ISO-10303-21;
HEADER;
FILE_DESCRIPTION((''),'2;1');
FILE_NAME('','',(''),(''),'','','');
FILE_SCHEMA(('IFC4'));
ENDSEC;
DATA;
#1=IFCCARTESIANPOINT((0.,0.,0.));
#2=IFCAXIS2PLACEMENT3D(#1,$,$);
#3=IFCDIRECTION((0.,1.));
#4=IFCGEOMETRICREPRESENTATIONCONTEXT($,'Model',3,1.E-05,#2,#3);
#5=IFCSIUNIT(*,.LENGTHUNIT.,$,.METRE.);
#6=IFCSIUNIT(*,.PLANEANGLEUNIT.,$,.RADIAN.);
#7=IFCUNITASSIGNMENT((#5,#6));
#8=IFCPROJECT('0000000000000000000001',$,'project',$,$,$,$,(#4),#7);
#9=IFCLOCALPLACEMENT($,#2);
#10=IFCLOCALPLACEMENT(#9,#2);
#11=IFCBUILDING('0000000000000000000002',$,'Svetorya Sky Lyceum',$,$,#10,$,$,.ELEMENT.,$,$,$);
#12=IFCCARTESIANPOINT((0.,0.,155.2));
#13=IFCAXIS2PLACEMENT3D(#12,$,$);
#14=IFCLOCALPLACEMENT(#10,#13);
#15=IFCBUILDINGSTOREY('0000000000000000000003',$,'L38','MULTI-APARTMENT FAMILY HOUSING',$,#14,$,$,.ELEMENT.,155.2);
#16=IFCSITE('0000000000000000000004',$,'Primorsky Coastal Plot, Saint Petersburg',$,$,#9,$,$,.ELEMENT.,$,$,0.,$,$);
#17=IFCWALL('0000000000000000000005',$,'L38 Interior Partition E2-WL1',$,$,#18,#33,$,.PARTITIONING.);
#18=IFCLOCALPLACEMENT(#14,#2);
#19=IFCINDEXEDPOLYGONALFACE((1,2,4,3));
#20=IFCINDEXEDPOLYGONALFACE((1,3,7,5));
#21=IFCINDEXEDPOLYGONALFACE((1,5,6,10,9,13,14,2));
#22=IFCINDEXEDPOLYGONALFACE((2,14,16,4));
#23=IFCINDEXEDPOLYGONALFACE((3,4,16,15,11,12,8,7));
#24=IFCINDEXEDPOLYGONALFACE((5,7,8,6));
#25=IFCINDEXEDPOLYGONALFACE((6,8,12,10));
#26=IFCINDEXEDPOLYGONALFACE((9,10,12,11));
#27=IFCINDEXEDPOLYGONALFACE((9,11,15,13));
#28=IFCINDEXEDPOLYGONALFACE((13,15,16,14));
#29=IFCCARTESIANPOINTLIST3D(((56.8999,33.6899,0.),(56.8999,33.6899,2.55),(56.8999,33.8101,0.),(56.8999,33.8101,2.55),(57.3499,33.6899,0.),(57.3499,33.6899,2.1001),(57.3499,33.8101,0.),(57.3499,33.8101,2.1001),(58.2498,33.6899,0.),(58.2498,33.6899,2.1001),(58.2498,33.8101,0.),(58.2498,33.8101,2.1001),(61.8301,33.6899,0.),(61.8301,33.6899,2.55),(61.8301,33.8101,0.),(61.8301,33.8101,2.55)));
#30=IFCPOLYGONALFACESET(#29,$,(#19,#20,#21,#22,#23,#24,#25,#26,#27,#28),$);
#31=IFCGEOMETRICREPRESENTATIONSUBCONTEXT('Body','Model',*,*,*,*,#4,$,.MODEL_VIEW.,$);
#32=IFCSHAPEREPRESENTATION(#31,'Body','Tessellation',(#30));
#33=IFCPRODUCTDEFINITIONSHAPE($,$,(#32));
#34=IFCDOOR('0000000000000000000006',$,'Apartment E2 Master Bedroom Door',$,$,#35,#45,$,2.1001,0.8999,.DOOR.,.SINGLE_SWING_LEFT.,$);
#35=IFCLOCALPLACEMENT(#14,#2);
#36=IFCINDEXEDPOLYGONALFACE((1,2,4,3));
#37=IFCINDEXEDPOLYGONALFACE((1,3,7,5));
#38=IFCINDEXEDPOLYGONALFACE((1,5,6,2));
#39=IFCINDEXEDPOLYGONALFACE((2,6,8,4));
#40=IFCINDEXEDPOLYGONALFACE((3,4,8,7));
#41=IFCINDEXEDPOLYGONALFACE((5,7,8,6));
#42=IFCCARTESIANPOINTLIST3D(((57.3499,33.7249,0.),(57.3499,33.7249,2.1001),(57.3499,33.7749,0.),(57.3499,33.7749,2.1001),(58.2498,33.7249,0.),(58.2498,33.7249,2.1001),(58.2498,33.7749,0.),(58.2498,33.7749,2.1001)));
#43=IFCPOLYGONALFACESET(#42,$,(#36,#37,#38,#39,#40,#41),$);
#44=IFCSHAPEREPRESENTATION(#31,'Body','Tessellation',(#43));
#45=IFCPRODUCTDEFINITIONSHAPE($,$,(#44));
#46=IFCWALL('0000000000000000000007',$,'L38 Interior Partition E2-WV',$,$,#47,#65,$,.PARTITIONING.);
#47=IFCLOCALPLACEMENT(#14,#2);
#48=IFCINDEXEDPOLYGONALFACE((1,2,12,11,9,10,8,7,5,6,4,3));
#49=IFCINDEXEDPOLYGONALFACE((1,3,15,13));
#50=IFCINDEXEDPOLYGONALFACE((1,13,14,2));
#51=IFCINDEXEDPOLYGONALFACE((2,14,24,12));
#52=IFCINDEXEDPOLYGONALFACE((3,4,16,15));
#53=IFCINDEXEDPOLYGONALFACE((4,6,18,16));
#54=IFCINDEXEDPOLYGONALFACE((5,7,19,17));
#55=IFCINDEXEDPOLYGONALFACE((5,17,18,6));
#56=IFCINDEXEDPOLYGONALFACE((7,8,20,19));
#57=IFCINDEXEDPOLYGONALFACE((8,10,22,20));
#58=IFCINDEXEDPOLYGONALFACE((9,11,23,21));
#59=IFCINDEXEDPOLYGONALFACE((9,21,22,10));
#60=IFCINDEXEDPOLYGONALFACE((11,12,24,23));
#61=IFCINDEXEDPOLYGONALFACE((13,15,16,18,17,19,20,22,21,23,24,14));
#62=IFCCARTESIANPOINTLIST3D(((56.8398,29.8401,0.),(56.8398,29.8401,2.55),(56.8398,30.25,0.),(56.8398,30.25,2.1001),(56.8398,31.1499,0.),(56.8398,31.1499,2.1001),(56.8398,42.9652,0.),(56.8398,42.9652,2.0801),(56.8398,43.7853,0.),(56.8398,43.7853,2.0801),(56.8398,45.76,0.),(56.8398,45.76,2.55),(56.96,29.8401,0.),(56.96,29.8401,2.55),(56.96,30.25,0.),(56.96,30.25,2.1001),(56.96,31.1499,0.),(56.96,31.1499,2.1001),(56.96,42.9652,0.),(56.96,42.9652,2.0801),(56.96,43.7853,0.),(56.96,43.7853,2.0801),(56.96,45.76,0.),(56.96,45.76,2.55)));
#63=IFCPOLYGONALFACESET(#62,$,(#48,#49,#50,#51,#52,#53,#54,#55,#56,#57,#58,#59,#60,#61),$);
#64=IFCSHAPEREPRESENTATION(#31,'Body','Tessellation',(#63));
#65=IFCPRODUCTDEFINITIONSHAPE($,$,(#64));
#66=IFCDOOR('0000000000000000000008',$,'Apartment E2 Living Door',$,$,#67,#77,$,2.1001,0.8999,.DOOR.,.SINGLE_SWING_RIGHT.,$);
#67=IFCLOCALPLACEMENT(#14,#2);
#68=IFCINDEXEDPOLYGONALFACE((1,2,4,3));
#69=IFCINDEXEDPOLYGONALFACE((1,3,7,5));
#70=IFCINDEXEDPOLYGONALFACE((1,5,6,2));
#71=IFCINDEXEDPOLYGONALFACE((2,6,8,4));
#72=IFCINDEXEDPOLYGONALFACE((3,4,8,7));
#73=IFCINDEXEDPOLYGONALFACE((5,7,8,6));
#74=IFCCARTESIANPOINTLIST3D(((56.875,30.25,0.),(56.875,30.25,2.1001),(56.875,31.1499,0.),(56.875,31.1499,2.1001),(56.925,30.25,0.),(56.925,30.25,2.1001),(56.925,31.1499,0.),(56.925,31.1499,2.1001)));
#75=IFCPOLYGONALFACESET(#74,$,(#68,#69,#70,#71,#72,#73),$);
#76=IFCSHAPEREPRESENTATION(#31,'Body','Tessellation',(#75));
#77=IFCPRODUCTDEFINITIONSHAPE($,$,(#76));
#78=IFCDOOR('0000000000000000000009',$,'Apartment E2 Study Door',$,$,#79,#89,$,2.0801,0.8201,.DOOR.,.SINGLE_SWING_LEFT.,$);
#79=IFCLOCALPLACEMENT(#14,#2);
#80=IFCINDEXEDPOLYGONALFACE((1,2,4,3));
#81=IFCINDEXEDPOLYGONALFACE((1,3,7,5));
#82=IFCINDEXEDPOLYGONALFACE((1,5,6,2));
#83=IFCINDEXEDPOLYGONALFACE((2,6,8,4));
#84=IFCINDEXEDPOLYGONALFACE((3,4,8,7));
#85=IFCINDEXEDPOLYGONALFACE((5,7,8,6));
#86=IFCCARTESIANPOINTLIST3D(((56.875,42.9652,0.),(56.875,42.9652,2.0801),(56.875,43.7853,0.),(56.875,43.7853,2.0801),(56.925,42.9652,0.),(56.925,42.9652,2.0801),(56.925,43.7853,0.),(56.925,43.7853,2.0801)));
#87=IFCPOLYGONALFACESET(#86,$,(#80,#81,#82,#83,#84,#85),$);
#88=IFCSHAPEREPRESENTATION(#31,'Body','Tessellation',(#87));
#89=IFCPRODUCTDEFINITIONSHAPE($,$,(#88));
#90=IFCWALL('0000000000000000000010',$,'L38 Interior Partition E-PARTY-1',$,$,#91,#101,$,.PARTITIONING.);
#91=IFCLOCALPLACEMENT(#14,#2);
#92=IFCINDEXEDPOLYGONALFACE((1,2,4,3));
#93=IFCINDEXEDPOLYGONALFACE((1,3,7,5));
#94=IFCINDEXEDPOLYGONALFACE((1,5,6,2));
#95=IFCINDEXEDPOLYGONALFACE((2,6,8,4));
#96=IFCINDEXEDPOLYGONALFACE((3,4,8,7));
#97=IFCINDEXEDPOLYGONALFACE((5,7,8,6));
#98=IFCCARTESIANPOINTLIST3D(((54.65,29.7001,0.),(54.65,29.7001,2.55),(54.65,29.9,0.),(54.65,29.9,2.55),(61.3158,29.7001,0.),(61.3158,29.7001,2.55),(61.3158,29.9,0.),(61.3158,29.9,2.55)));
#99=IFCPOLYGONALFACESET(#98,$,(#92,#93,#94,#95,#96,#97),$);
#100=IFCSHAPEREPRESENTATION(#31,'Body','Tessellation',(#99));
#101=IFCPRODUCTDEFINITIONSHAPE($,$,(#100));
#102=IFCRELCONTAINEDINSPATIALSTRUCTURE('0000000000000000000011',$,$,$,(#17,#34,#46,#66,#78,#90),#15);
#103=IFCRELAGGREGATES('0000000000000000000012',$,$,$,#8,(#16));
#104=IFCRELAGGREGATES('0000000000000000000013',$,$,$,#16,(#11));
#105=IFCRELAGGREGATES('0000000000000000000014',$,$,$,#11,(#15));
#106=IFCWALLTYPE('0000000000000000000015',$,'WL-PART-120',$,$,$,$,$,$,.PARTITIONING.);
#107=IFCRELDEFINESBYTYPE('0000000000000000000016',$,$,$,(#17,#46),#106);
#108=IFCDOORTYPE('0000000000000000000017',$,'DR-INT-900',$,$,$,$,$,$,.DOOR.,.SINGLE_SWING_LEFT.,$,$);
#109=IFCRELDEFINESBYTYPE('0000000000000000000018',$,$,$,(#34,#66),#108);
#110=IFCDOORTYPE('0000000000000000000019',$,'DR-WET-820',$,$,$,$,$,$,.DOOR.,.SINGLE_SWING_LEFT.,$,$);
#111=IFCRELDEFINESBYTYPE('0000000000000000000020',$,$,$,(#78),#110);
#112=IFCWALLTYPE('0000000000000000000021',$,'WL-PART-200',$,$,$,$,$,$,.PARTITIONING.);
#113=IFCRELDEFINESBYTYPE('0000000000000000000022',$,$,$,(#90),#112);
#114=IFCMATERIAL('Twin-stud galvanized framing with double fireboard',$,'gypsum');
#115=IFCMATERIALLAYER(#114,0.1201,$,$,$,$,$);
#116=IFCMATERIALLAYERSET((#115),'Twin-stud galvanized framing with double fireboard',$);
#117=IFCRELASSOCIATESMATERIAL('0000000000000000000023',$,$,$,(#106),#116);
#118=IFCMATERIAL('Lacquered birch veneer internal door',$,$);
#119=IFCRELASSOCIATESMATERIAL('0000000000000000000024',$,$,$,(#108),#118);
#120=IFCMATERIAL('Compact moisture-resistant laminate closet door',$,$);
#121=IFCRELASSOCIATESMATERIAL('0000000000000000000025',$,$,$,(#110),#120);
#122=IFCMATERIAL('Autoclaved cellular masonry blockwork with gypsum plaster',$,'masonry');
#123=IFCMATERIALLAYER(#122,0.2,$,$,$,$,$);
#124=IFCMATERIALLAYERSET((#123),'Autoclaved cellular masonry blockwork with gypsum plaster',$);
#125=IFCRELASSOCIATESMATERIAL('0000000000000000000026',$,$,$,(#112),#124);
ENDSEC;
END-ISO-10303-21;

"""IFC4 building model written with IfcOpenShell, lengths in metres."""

from ifc_helpers import new_model, si_unit, direction, frame, frame_2d, origin, place, context, subcontext, project, spatial, rectangle, extrude, material, layer, layer_set, type_object, element, fill, save


model = new_model("IFC4")

# Units and contexts
model_context = context("Model", 3, precision=1e-05, world=origin(), true_north=direction((0.0, 1.0)))
body_context = subcontext(model_context, "Body", "Model", "MODEL_VIEW")
ifc_project = project(units=[si_unit("LENGTHUNIT", "METRE"), si_unit("PLANEANGLEUNIT", "RADIAN")], contexts=[model_context])

# Site, building, storey
site_placement = place(None, origin())
site = spatial("IfcSite", under=ifc_project, at=site_placement, Name="Primorsky Coastal Plot, Saint Petersburg", CompositionType="ELEMENT", RefElevation=0.0)
building_placement = place(site_placement, origin())
building = spatial("IfcBuilding", under=site, at=building_placement, Name="Svetorya Sky Lyceum", CompositionType="ELEMENT")
storey_placement = place(building_placement, frame((0.0, 0.0, 155.2)))
storey = spatial("IfcBuildingStorey", under=building, at=storey_placement, Name="L38", Description="MULTI-APARTMENT FAMILY HOUSING", CompositionType="ELEMENT", Elevation=155.2)

# Wall, opening, door
ifc_material_1 = material(Name="Twin-stud galvanized framing with double fireboard", Category="gypsum")
ifc_layer_1 = layer(ifc_material_1, 0.1201)
ifc_layer_set_1 = layer_set([ifc_layer_1], Name="Twin-stud galvanized framing with double fireboard")
wall_type_1 = type_object("IfcWallType", Name="WL-PART-120", PredefinedType="PARTITIONING", material=ifc_layer_set_1)
wall_1_placement = place(storey_placement, frame((56.8999, 33.75, 0.0), z_axis=(0.0, 0.0, 1.0), x_axis=(1.0, 0.0, 0.0)))
wall_1 = element("IfcWall", 1, at=wall_1_placement, inside=storey, type_object=wall_type_1, Name="L38 Interior Partition E2-WL1", PredefinedType="PARTITIONING", context=body_context, shape_type="SweptSolid", body=[
    extrude(rectangle(XDim=4.9302, YDim=0.1201, at=frame_2d((2.4651, 0.0))), origin(), (0.0, 0.0, 1.0), 2.55),
])
opening_1_placement = place(wall_1_placement, frame((0.45, 0.0, 0.0)))
opening_1 = element("IfcOpeningElement", 2, at=opening_1_placement, cuts=wall_1, PredefinedType="OPENING", context=body_context, shape_type="SweptSolid", body=[
    extrude(rectangle(XDim=0.8999, YDim=2.1001, at=frame_2d((0.45, 1.05))), frame((0.0, 0.0701, 0.0), z_axis=(0.0, -1.0, 0.0), x_axis=(1.0, 0.0, 0.0)), (0.0, 0.0, 1.0), 0.1401),
])
ifc_material_2 = material(Name="Lacquered birch veneer internal door")
door_type_1 = type_object("IfcDoorType", Name="DR-INT-900", OperationType="SINGLE_SWING_LEFT", PredefinedType="DOOR", material=ifc_material_2)
door_1_placement = place(opening_1_placement, origin())
door_1 = element("IfcDoor", 3, at=door_1_placement, inside=storey, type_object=door_type_1, Name="Apartment E2 Master Bedroom Door", OperationType="SINGLE_SWING_LEFT", OverallHeight=2.1001, OverallWidth=0.8999, PredefinedType="DOOR", context=body_context, shape_type="SweptSolid", body=[
    extrude(rectangle(XDim=0.8999, YDim=2.1001, at=frame_2d((0.45, 1.05))), frame((0.0, 0.0249, 0.0), z_axis=(0.0, -1.0, 0.0), x_axis=(1.0, 0.0, 0.0)), (0.0, 0.0, 1.0), 0.05),
])
fill(opening_1, door_1)

# Wall, openings, doors
wall_2_placement = place(storey_placement, frame((56.8999, 29.8401, 0.0), z_axis=(0.0, 0.0, 1.0), x_axis=(0.0, 1.0, 0.0)))
wall_2 = element("IfcWall", 4, at=wall_2_placement, inside=storey, type_object=wall_type_1, Name="L38 Interior Partition E2-WV", PredefinedType="PARTITIONING", context=body_context, shape_type="SweptSolid", body=[
    extrude(rectangle(XDim=15.9199, YDim=0.1201, at=frame_2d((7.96, 0.0))), origin(), (0.0, 0.0, 1.0), 2.55),
])
opening_2_placement = place(wall_2_placement, frame((0.4099, 0.0, 0.0)))
opening_2 = element("IfcOpeningElement", 5, at=opening_2_placement, cuts=wall_2, PredefinedType="OPENING", context=body_context, shape_type="SweptSolid", body=[
    extrude(rectangle(XDim=0.8999, YDim=2.1001, at=frame_2d((0.45, 1.05))), frame((0.0, 0.0701, 0.0), z_axis=(0.0, -1.0, 0.0), x_axis=(1.0, 0.0, 0.0)), (0.0, 0.0, 1.0), 0.1401),
])
opening_3_placement = place(wall_2_placement, frame((13.125, 0.0, 0.0)))
opening_3 = element("IfcOpeningElement", 6, at=opening_3_placement, cuts=wall_2, PredefinedType="OPENING", context=body_context, shape_type="SweptSolid", body=[
    extrude(rectangle(XDim=0.8201, YDim=2.0801, at=frame_2d((0.4102, 1.04))), frame((0.0, 0.0701, 0.0), z_axis=(0.0, -1.0, 0.0), x_axis=(1.0, 0.0, 0.0)), (0.0, 0.0, 1.0), 0.1401),
])
door_2_placement = place(opening_2_placement, origin())
door_2 = element("IfcDoor", 7, at=door_2_placement, inside=storey, type_object=door_type_1, Name="Apartment E2 Living Door", OperationType="SINGLE_SWING_RIGHT", OverallHeight=2.1001, OverallWidth=0.8999, PredefinedType="DOOR", context=body_context, shape_type="SweptSolid", body=[
    extrude(rectangle(XDim=0.8999, YDim=2.1001, at=frame_2d((0.45, 1.05))), frame((0.0, 0.0249, 0.0), z_axis=(0.0, -1.0, 0.0), x_axis=(1.0, 0.0, 0.0)), (0.0, 0.0, 1.0), 0.05),
])
fill(opening_2, door_2)
ifc_material_3 = material(Name="Compact moisture-resistant laminate closet door")
door_type_2 = type_object("IfcDoorType", Name="DR-WET-820", OperationType="SINGLE_SWING_LEFT", PredefinedType="DOOR", material=ifc_material_3)
door_3_placement = place(opening_3_placement, origin())
door_3 = element("IfcDoor", 8, at=door_3_placement, inside=storey, type_object=door_type_2, Name="Apartment E2 Study Door", OperationType="SINGLE_SWING_LEFT", OverallHeight=2.0801, OverallWidth=0.8201, PredefinedType="DOOR", context=body_context, shape_type="SweptSolid", body=[
    extrude(rectangle(XDim=0.8201, YDim=2.0801, at=frame_2d((0.4102, 1.04))), frame((0.0, 0.0249, 0.0), z_axis=(0.0, -1.0, 0.0), x_axis=(1.0, 0.0, 0.0)), (0.0, 0.0, 1.0), 0.05),
])
fill(opening_3, door_3)

# Wall
ifc_material_4 = material(Name="Autoclaved cellular masonry blockwork with gypsum plaster", Category="masonry")
ifc_layer_2 = layer(ifc_material_4, 0.2)
ifc_layer_set_2 = layer_set([ifc_layer_2], Name="Autoclaved cellular masonry blockwork with gypsum plaster")
wall_type_2 = type_object("IfcWallType", Name="WL-PART-200", PredefinedType="PARTITIONING", material=ifc_layer_set_2)
wall_3_placement = place(storey_placement, frame((54.6499, 29.8, 0.0), z_axis=(0.0, 0.0, 1.0), x_axis=(1.0, 0.0, 0.0)))
element("IfcWall", 9, at=wall_3_placement, inside=storey, type_object=wall_type_2, Name="L38 Interior Partition E-PARTY-1", PredefinedType="PARTITIONING", context=body_context, shape_type="SweptSolid", body=[
    extrude(rectangle(XDim=6.6658, YDim=0.2, at=frame_2d((3.333, 0.0))), origin(), (0.0, 0.0, 1.0), 2.55),
])

save(model, "model.ifc")
